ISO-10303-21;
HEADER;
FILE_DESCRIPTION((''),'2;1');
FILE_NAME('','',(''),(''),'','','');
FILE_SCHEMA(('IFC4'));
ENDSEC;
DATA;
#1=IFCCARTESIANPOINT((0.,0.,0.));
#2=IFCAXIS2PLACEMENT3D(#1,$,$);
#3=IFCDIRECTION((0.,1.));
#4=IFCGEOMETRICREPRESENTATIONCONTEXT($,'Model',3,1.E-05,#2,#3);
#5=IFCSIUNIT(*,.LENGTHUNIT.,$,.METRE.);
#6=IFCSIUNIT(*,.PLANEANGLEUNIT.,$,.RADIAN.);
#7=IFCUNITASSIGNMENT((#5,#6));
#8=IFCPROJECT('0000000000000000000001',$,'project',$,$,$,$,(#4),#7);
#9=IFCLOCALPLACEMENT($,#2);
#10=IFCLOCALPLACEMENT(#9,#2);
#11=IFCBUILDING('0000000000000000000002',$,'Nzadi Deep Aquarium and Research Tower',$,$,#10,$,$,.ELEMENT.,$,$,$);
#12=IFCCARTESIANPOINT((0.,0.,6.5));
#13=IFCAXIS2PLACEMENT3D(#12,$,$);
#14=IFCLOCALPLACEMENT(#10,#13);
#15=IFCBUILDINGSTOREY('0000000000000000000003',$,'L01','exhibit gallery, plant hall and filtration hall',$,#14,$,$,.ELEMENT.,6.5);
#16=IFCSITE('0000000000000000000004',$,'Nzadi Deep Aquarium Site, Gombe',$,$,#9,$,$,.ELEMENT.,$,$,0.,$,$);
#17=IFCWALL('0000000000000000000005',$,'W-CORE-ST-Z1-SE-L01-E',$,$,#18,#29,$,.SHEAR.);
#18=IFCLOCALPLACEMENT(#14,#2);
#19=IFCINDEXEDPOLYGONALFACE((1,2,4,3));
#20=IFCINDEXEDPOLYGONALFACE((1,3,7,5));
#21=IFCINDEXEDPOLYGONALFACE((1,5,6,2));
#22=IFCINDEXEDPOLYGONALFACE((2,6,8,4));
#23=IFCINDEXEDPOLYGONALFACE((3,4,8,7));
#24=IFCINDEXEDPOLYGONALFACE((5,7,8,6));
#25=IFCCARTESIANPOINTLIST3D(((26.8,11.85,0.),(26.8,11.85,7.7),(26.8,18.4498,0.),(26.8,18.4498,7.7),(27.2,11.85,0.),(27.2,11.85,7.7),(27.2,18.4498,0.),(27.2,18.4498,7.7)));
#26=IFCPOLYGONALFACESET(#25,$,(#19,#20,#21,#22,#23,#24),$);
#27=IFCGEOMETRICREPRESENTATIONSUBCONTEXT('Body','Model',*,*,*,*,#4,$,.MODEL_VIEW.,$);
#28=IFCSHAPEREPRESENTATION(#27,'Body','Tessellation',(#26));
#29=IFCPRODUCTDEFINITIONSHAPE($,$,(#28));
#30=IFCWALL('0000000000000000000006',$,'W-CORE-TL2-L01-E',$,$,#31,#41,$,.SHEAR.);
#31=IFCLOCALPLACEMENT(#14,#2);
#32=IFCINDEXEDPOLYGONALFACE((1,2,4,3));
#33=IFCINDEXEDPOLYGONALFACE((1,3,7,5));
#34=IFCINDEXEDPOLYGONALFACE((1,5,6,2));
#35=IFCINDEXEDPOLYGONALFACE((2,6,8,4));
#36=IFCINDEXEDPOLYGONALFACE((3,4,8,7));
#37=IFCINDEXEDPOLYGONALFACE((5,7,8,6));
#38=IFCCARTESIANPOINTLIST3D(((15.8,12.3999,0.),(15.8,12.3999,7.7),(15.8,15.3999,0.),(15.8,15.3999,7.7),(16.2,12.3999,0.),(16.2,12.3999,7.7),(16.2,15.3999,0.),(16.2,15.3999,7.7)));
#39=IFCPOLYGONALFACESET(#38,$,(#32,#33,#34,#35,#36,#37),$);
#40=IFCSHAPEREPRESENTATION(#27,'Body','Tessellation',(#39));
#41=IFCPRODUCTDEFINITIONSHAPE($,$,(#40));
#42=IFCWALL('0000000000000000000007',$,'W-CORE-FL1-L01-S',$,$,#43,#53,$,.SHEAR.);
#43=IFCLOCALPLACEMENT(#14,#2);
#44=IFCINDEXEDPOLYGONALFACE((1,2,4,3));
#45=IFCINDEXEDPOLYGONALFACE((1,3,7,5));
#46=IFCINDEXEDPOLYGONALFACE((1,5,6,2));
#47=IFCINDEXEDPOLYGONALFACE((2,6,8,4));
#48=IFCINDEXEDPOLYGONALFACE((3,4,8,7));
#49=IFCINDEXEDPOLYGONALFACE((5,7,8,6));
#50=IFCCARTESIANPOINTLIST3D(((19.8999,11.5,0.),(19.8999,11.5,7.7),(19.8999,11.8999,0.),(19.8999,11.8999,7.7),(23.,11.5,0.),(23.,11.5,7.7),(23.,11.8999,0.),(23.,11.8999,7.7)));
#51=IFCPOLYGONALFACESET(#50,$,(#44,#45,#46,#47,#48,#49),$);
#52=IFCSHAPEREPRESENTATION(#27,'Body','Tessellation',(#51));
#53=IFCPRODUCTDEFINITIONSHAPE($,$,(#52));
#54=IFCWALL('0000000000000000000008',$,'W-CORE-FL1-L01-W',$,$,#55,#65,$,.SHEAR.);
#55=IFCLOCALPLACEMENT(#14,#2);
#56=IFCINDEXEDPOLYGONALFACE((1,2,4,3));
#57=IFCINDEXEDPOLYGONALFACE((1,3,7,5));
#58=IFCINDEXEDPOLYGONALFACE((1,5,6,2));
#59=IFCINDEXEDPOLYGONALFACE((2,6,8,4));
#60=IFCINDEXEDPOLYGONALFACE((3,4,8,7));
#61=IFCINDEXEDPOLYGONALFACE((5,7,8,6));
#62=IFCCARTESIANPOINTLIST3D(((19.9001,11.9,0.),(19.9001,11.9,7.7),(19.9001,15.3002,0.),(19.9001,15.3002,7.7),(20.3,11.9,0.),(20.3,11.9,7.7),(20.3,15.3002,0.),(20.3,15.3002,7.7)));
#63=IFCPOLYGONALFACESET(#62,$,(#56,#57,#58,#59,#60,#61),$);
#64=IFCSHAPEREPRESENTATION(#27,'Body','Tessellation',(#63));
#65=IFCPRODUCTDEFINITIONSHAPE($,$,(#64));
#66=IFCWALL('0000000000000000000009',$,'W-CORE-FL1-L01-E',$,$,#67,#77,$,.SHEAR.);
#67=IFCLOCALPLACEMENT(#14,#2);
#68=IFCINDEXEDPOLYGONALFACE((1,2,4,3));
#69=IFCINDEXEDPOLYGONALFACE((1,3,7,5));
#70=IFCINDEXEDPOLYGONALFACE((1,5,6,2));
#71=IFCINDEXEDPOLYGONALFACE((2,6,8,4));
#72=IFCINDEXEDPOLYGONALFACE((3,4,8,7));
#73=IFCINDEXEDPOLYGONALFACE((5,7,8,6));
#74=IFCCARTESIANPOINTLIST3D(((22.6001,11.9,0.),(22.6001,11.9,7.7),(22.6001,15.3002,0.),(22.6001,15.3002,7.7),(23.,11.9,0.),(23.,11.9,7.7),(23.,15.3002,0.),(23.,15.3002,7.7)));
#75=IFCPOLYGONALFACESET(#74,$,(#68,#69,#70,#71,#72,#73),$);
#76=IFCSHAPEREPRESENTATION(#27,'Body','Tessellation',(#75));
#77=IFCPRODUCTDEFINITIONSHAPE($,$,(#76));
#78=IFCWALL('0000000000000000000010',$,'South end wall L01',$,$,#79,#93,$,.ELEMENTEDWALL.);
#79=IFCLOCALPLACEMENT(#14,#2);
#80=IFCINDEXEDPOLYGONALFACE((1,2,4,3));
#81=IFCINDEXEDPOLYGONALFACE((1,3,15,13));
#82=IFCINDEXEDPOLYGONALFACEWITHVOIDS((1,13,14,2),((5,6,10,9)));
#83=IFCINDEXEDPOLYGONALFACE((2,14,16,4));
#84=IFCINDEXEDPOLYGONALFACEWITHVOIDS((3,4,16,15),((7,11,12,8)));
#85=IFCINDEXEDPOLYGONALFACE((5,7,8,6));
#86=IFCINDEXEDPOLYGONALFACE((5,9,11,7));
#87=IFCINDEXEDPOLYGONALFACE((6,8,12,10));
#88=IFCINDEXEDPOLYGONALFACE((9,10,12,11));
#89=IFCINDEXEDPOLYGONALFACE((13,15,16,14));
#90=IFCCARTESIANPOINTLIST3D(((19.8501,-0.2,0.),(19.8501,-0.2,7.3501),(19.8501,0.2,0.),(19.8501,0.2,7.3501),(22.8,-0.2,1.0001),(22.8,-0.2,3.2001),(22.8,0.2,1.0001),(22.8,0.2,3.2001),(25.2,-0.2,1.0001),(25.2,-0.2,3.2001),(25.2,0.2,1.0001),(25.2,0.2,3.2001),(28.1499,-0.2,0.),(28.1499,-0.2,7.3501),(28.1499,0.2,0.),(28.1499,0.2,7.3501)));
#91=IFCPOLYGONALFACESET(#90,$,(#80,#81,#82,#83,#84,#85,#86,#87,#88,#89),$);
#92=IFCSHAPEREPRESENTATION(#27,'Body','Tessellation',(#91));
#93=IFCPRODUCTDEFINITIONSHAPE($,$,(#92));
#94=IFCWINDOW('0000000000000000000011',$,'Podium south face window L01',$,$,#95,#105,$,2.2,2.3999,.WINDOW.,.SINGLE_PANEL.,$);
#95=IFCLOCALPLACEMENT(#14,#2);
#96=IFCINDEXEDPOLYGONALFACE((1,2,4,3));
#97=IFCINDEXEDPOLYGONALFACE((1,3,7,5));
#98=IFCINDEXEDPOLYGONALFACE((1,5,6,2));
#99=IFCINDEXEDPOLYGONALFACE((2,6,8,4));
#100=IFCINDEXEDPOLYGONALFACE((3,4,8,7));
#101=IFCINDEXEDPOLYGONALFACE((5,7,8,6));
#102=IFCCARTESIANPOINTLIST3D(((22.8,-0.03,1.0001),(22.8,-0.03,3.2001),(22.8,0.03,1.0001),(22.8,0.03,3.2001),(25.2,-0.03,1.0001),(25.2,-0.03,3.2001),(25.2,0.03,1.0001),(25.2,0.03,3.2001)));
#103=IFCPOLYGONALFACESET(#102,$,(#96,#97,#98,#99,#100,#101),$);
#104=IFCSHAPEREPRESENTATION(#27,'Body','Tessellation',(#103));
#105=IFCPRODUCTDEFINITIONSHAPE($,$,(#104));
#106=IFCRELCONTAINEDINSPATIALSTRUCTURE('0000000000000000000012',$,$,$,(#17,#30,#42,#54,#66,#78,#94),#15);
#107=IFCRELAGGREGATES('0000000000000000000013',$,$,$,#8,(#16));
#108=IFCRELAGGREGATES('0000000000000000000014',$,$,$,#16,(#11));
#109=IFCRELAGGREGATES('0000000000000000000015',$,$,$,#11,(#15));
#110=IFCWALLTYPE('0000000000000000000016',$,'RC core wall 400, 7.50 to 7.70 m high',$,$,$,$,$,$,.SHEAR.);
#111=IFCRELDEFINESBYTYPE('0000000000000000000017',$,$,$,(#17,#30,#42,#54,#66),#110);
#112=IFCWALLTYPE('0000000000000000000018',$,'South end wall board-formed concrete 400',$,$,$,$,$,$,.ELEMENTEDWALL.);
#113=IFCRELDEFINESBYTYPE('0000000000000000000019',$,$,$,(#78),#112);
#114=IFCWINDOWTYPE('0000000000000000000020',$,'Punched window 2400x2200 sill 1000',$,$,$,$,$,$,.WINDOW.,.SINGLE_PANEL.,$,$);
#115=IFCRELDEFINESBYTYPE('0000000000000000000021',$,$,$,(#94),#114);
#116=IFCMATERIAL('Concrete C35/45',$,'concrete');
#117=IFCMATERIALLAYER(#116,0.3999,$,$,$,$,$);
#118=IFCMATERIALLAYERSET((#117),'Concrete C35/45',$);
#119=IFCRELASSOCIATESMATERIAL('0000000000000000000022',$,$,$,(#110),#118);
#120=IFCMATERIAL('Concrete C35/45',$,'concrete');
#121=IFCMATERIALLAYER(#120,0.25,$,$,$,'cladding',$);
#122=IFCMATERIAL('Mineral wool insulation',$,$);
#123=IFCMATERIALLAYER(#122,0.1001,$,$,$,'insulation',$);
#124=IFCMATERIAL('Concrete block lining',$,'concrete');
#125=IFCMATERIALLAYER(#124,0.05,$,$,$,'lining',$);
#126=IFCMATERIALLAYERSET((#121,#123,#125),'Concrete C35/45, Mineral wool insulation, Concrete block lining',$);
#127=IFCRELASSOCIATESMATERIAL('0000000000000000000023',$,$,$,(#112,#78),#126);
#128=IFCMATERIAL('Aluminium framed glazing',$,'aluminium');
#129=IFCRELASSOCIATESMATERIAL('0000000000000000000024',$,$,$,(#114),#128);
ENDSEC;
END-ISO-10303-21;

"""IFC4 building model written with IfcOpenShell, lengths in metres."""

from ifc_helpers import new_model, si_unit, direction, frame, frame_2d, origin, place, context, subcontext, project, spatial, rectangle, extrude, material, layer, layer_set, layer_usage, type_object, element, fill, save


model = new_model("IFC4")

# Units and contexts
model_context = context("Model", 3, precision=1e-05, world=origin(), true_north=direction((0.0, 1.0)))
body_context = subcontext(model_context, "Body", "Model", "MODEL_VIEW")
ifc_project = project(units=[si_unit("LENGTHUNIT", "METRE"), si_unit("PLANEANGLEUNIT", "RADIAN")], contexts=[model_context])

# Site, building, storey
site_placement = place(None, origin())
site = spatial("IfcSite", under=ifc_project, at=site_placement, Name="Nzadi Deep Aquarium Site, Gombe", CompositionType="ELEMENT", RefElevation=0.0)
building_placement = place(site_placement, origin())
building = spatial("IfcBuilding", under=site, at=building_placement, Name="Nzadi Deep Aquarium and Research Tower", CompositionType="ELEMENT")
storey_placement = place(building_placement, frame((0.0, 0.0, 6.5)))
storey = spatial("IfcBuildingStorey", under=building, at=storey_placement, Name="L01", Description="exhibit gallery, plant hall and filtration hall", CompositionType="ELEMENT", Elevation=6.5)

# Shared definitions
ifc_material_1 = material(Name="Concrete C35/45", Category="concrete")
ifc_layer_1 = layer(ifc_material_1, 0.3999)
ifc_layer_set_1 = layer_set([ifc_layer_1], Name="Concrete C35/45")
wall_type_1 = type_object("IfcWallType", Name="RC core wall 400, 7.50 to 7.70 m high", PredefinedType="SHEAR", material=ifc_layer_set_1)

# Walls
for number, where, z_axis, x_axis, name in (
    (1, (27.0, 11.8501, 0.0), (0.0, 0.0, 1.0), (0.0, 1.0, 0.0), "W-CORE-ST-Z1-SE-L01-E"),
):
    element("IfcWall", number, at=place(storey_placement, frame(where, z_axis=z_axis, x_axis=x_axis)), inside=storey, type_object=wall_type_1, Name=name, PredefinedType="SHEAR", context=body_context, shape_type="SweptSolid", body=[
        extrude(rectangle(XDim=6.5999, YDim=0.3999, at=frame_2d((3.2998, 0.0))), origin(), (0.0, 0.0, 1.0), 7.7),
    ])
wall_1_placement = place(storey_placement, frame((16.0, 12.3999, 0.0), z_axis=(0.0, 0.0, 1.0), x_axis=(0.0, 1.0, 0.0)))
element("IfcWall", 2, at=wall_1_placement, inside=storey, type_object=wall_type_1, Name="W-CORE-TL2-L01-E", PredefinedType="SHEAR", context=body_context, shape_type="SweptSolid", body=[
    extrude(rectangle(XDim=3.0, YDim=0.3999, at=frame_2d((1.5, 0.0))), origin(), (0.0, 0.0, 1.0), 7.7),
])
wall_2_placement = place(storey_placement, frame((19.8999, 11.7, 0.0), z_axis=(0.0, 0.0, 1.0), x_axis=(1.0, 0.0, 0.0)))
element("IfcWall", 3, at=wall_2_placement, inside=storey, type_object=wall_type_1, Name="W-CORE-FL1-L01-S", PredefinedType="SHEAR", context=body_context, shape_type="SweptSolid", body=[
    extrude(rectangle(XDim=3.1001, YDim=0.3999, at=frame_2d((1.55, 0.0))), origin(), (0.0, 0.0, 1.0), 7.7),
])
for number, where, z_axis, x_axis, name in (
    (4, (20.1001, 11.8999, 0.0), (0.0, 0.0, 1.0), (0.0, 1.0, 0.0), "W-CORE-FL1-L01-W"),
    (5, (22.8, 11.8999, 0.0), (0.0, 0.0, 1.0), (0.0, 1.0, 0.0), "W-CORE-FL1-L01-E"),
):
    element("IfcWall", number, at=place(storey_placement, frame(where, z_axis=z_axis, x_axis=x_axis)), inside=storey, type_object=wall_type_1, Name=name, PredefinedType="SHEAR", context=body_context, shape_type="SweptSolid", body=[
        extrude(rectangle(XDim=3.4001, YDim=0.3999, at=frame_2d((1.7002, 0.0))), origin(), (0.0, 0.0, 1.0), 7.7),
    ])

# Wall, opening, window
ifc_material_2 = material(Name="Concrete C35/45", Category="concrete")
ifc_layer_2 = layer(ifc_material_2, 0.25, Category="cladding")
ifc_material_3 = material(Name="Mineral wool insulation")
ifc_layer_3 = layer(ifc_material_3, 0.1001, Category="insulation")
ifc_material_4 = material(Name="Concrete block lining", Category="concrete")
ifc_layer_4 = layer(ifc_material_4, 0.05, Category="lining")
ifc_layer_set_2 = layer_set([ifc_layer_2, ifc_layer_3, ifc_layer_4], Name="Concrete C35/45, Mineral wool insulation, Concrete block lining")
ifc_layer_usage = layer_usage(ifc_layer_set_2, "AXIS2", "POSITIVE", -0.2)
wall_type_2 = type_object("IfcWallType", Name="South end wall board-formed concrete 400", PredefinedType="ELEMENTEDWALL", material=ifc_layer_set_2)
wall_3_placement = place(storey_placement, frame((19.8501, 0.0, 0.0), z_axis=(0.0, 0.0, 1.0), x_axis=(1.0, 0.0, 0.0)))
wall_3 = element("IfcWall", 6, at=wall_3_placement, inside=storey, type_object=wall_type_2, material=ifc_layer_usage, Name="South end wall L01", PredefinedType="ELEMENTEDWALL", context=body_context, shape_type="SweptSolid", body=[
    extrude(rectangle(XDim=8.2998, YDim=0.3999, at=frame_2d((4.1499, 0.0))), origin(), (0.0, 0.0, 1.0), 7.3501),
])
opening_1_placement = place(wall_3_placement, frame((2.95, 0.0, 1.0)))
opening_1 = element("IfcOpeningElement", 7, at=opening_1_placement, cuts=wall_3, PredefinedType="OPENING", context=body_context, shape_type="SweptSolid", body=[
    extrude(rectangle(XDim=2.3999, YDim=2.2, at=frame_2d((1.2, 1.1001))), frame((0.0, 0.21, 0.0), z_axis=(0.0, -1.0, 0.0), x_axis=(1.0, 0.0, 0.0)), (0.0, 0.0, 1.0), 0.4199),
])
ifc_material_5 = material(Name="Aluminium framed glazing", Category="aluminium")
window_type = type_object("IfcWindowType", Name="Punched window 2400x2200 sill 1000", PartitioningType="SINGLE_PANEL", PredefinedType="WINDOW", material=ifc_material_5)
window_placement = place(opening_1_placement, origin())
window = element("IfcWindow", 8, at=window_placement, inside=storey, type_object=window_type, Name="Podium south face window L01", OverallHeight=2.2, OverallWidth=2.3999, PartitioningType="SINGLE_PANEL", PredefinedType="WINDOW", context=body_context, shape_type="SweptSolid", body=[
    extrude(rectangle(XDim=2.3999, YDim=2.2, at=frame_2d((1.2, 1.1001))), frame((0.0, 0.03, 0.0), z_axis=(0.0, -1.0, 0.0), x_axis=(1.0, 0.0, 0.0)), (0.0, 0.0, 1.0), 0.0601),
])
fill(opening_1, window)

save(model, "model.ifc")
